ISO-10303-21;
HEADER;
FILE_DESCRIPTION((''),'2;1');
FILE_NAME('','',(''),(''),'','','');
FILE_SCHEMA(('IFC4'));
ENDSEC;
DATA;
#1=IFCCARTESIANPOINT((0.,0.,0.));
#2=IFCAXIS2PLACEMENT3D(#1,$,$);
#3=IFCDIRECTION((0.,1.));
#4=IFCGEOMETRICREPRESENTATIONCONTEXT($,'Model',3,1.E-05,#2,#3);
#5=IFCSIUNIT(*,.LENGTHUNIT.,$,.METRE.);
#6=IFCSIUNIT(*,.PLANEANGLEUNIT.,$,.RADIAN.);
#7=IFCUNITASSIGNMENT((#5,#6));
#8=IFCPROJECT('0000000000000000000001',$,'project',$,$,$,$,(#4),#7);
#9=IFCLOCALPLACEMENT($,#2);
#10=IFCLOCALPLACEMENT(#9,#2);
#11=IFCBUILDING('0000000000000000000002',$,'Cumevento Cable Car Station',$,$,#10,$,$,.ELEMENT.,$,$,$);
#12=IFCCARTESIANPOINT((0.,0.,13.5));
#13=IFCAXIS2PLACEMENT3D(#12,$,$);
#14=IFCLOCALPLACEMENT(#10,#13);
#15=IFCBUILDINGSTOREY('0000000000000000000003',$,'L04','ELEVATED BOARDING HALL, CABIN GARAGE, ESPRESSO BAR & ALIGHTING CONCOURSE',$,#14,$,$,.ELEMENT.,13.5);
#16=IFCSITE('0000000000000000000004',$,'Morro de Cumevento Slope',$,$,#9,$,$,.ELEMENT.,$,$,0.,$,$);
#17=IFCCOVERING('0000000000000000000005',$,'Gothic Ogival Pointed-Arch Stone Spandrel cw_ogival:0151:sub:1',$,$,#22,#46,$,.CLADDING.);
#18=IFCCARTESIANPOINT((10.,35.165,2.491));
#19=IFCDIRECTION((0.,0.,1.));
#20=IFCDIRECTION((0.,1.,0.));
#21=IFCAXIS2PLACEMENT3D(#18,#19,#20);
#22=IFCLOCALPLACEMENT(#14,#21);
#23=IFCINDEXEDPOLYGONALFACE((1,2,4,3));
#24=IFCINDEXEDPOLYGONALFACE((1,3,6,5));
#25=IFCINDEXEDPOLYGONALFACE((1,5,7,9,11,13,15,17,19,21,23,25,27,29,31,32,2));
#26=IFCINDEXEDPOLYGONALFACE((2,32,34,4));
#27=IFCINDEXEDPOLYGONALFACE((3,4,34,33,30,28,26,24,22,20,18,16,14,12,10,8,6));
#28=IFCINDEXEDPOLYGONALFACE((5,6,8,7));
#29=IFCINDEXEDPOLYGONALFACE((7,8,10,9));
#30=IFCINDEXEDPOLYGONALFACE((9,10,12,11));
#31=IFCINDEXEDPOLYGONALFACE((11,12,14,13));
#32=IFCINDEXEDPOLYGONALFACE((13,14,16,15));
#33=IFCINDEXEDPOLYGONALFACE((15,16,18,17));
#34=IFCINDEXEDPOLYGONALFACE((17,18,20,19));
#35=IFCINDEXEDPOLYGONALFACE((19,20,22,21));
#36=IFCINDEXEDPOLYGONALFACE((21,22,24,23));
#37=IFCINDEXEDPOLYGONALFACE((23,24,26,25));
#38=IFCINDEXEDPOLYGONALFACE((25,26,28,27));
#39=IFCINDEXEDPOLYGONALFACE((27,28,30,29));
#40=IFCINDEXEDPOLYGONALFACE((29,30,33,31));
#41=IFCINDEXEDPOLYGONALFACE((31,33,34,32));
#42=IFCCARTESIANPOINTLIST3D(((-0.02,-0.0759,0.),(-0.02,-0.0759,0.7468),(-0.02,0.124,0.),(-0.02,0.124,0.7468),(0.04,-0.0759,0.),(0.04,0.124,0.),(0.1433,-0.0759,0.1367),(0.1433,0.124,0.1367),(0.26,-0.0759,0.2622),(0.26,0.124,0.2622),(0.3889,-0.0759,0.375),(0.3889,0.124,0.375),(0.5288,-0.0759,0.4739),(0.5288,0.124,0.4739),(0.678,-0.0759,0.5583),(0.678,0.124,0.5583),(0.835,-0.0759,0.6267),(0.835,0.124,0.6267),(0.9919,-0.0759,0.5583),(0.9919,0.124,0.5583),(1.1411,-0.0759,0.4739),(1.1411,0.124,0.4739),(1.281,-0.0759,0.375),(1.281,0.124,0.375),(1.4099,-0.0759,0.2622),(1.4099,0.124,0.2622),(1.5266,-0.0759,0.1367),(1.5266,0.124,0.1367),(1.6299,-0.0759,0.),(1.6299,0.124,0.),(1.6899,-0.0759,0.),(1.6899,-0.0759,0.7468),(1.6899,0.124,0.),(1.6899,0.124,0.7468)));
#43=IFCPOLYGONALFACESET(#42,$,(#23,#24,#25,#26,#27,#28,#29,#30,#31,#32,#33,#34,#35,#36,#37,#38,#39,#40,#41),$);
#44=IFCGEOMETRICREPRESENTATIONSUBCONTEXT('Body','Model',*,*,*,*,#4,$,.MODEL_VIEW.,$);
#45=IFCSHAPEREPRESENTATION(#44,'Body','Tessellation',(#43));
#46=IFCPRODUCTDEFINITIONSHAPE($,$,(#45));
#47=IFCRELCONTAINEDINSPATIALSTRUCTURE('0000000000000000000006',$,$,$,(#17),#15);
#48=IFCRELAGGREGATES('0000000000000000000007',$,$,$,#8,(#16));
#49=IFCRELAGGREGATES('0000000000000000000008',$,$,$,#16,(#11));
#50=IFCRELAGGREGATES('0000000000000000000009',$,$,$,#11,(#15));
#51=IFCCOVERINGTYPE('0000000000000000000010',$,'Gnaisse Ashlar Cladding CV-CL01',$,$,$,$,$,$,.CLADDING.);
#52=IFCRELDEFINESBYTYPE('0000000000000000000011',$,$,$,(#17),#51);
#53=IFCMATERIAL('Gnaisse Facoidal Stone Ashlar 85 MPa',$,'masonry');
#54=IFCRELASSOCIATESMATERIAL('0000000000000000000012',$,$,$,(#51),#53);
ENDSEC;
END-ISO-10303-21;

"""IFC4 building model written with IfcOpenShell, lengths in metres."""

from ifc_helpers import new_model, si_unit, direction, frame, origin, place, context, subcontext, project, spatial, polyline, outline, extrude, material, type_object, element, save


model = new_model("IFC4")

# Units and contexts
model_context = context("Model", 3, precision=1e-05, world=origin(), true_north=direction((0.0, 1.0)))
body_context = subcontext(model_context, "Body", "Model", "MODEL_VIEW")
ifc_project = project(units=[si_unit("LENGTHUNIT", "METRE"), si_unit("PLANEANGLEUNIT", "RADIAN")], contexts=[model_context])

# Site, building, storey
site_placement = place(None, origin())
site = spatial("IfcSite", under=ifc_project, at=site_placement, Name="Morro de Cumevento Slope", CompositionType="ELEMENT", RefElevation=0.0)
building_placement = place(site_placement, origin())
building = spatial("IfcBuilding", under=site, at=building_placement, Name="Cumevento Cable Car Station", CompositionType="ELEMENT")
storey_placement = place(building_placement, frame((0.0, 0.0, 13.5)))
storey = spatial("IfcBuildingStorey", under=building, at=storey_placement, Name="L04", Description="ELEVATED BOARDING HALL, CABIN GARAGE, ESPRESSO BAR & ALIGHTING CONCOURSE", CompositionType="ELEMENT", Elevation=13.5)

# Covering
ifc_material_1 = material(Name="Gnaisse Facoidal Stone Ashlar 85 MPa", Category="masonry")
covering_type = type_object("IfcCoveringType", Name="Gnaisse Ashlar Cladding CV-CL01", PredefinedType="CLADDING", material=ifc_material_1)
covering_1_placement = place(storey_placement, frame((10.0, 35.165, 2.491), z_axis=(0.0, 0.0, 1.0), x_axis=(0.0, 1.0, 0.0)))
element("IfcCovering", 1, at=covering_1_placement, inside=storey, type_object=covering_type, Name="Gothic Ogival Pointed-Arch Stone Spandrel cw_ogival:0151:sub:1", PredefinedType="CLADDING", context=body_context, shape_type="SweptSolid", body=[
    extrude(outline(polyline([(-0.02, 0.0), (-0.02, 0.7468), (1.6899, 0.7468), (1.6899, 0.0), (1.6299, 0.0), (1.5266, 0.1367), (1.4099, 0.2622), (1.281, 0.375), (1.1411, 0.4739), (0.9919, 0.5583), (0.835, 0.6267), (0.678, 0.5583), (0.5288, 0.4739), (0.3889, 0.375), (0.26, 0.2622), (0.1433, 0.1367), (0.04, 0.0), (-0.02, 0.0)])), frame((0.0, 0.124, 0.0), z_axis=(0.0, -1.0, 0.0), x_axis=(1.0, 0.0, 0.0)), (0.0, 0.0, 1.0), 0.2),
])

save(model, "model.ifc")
